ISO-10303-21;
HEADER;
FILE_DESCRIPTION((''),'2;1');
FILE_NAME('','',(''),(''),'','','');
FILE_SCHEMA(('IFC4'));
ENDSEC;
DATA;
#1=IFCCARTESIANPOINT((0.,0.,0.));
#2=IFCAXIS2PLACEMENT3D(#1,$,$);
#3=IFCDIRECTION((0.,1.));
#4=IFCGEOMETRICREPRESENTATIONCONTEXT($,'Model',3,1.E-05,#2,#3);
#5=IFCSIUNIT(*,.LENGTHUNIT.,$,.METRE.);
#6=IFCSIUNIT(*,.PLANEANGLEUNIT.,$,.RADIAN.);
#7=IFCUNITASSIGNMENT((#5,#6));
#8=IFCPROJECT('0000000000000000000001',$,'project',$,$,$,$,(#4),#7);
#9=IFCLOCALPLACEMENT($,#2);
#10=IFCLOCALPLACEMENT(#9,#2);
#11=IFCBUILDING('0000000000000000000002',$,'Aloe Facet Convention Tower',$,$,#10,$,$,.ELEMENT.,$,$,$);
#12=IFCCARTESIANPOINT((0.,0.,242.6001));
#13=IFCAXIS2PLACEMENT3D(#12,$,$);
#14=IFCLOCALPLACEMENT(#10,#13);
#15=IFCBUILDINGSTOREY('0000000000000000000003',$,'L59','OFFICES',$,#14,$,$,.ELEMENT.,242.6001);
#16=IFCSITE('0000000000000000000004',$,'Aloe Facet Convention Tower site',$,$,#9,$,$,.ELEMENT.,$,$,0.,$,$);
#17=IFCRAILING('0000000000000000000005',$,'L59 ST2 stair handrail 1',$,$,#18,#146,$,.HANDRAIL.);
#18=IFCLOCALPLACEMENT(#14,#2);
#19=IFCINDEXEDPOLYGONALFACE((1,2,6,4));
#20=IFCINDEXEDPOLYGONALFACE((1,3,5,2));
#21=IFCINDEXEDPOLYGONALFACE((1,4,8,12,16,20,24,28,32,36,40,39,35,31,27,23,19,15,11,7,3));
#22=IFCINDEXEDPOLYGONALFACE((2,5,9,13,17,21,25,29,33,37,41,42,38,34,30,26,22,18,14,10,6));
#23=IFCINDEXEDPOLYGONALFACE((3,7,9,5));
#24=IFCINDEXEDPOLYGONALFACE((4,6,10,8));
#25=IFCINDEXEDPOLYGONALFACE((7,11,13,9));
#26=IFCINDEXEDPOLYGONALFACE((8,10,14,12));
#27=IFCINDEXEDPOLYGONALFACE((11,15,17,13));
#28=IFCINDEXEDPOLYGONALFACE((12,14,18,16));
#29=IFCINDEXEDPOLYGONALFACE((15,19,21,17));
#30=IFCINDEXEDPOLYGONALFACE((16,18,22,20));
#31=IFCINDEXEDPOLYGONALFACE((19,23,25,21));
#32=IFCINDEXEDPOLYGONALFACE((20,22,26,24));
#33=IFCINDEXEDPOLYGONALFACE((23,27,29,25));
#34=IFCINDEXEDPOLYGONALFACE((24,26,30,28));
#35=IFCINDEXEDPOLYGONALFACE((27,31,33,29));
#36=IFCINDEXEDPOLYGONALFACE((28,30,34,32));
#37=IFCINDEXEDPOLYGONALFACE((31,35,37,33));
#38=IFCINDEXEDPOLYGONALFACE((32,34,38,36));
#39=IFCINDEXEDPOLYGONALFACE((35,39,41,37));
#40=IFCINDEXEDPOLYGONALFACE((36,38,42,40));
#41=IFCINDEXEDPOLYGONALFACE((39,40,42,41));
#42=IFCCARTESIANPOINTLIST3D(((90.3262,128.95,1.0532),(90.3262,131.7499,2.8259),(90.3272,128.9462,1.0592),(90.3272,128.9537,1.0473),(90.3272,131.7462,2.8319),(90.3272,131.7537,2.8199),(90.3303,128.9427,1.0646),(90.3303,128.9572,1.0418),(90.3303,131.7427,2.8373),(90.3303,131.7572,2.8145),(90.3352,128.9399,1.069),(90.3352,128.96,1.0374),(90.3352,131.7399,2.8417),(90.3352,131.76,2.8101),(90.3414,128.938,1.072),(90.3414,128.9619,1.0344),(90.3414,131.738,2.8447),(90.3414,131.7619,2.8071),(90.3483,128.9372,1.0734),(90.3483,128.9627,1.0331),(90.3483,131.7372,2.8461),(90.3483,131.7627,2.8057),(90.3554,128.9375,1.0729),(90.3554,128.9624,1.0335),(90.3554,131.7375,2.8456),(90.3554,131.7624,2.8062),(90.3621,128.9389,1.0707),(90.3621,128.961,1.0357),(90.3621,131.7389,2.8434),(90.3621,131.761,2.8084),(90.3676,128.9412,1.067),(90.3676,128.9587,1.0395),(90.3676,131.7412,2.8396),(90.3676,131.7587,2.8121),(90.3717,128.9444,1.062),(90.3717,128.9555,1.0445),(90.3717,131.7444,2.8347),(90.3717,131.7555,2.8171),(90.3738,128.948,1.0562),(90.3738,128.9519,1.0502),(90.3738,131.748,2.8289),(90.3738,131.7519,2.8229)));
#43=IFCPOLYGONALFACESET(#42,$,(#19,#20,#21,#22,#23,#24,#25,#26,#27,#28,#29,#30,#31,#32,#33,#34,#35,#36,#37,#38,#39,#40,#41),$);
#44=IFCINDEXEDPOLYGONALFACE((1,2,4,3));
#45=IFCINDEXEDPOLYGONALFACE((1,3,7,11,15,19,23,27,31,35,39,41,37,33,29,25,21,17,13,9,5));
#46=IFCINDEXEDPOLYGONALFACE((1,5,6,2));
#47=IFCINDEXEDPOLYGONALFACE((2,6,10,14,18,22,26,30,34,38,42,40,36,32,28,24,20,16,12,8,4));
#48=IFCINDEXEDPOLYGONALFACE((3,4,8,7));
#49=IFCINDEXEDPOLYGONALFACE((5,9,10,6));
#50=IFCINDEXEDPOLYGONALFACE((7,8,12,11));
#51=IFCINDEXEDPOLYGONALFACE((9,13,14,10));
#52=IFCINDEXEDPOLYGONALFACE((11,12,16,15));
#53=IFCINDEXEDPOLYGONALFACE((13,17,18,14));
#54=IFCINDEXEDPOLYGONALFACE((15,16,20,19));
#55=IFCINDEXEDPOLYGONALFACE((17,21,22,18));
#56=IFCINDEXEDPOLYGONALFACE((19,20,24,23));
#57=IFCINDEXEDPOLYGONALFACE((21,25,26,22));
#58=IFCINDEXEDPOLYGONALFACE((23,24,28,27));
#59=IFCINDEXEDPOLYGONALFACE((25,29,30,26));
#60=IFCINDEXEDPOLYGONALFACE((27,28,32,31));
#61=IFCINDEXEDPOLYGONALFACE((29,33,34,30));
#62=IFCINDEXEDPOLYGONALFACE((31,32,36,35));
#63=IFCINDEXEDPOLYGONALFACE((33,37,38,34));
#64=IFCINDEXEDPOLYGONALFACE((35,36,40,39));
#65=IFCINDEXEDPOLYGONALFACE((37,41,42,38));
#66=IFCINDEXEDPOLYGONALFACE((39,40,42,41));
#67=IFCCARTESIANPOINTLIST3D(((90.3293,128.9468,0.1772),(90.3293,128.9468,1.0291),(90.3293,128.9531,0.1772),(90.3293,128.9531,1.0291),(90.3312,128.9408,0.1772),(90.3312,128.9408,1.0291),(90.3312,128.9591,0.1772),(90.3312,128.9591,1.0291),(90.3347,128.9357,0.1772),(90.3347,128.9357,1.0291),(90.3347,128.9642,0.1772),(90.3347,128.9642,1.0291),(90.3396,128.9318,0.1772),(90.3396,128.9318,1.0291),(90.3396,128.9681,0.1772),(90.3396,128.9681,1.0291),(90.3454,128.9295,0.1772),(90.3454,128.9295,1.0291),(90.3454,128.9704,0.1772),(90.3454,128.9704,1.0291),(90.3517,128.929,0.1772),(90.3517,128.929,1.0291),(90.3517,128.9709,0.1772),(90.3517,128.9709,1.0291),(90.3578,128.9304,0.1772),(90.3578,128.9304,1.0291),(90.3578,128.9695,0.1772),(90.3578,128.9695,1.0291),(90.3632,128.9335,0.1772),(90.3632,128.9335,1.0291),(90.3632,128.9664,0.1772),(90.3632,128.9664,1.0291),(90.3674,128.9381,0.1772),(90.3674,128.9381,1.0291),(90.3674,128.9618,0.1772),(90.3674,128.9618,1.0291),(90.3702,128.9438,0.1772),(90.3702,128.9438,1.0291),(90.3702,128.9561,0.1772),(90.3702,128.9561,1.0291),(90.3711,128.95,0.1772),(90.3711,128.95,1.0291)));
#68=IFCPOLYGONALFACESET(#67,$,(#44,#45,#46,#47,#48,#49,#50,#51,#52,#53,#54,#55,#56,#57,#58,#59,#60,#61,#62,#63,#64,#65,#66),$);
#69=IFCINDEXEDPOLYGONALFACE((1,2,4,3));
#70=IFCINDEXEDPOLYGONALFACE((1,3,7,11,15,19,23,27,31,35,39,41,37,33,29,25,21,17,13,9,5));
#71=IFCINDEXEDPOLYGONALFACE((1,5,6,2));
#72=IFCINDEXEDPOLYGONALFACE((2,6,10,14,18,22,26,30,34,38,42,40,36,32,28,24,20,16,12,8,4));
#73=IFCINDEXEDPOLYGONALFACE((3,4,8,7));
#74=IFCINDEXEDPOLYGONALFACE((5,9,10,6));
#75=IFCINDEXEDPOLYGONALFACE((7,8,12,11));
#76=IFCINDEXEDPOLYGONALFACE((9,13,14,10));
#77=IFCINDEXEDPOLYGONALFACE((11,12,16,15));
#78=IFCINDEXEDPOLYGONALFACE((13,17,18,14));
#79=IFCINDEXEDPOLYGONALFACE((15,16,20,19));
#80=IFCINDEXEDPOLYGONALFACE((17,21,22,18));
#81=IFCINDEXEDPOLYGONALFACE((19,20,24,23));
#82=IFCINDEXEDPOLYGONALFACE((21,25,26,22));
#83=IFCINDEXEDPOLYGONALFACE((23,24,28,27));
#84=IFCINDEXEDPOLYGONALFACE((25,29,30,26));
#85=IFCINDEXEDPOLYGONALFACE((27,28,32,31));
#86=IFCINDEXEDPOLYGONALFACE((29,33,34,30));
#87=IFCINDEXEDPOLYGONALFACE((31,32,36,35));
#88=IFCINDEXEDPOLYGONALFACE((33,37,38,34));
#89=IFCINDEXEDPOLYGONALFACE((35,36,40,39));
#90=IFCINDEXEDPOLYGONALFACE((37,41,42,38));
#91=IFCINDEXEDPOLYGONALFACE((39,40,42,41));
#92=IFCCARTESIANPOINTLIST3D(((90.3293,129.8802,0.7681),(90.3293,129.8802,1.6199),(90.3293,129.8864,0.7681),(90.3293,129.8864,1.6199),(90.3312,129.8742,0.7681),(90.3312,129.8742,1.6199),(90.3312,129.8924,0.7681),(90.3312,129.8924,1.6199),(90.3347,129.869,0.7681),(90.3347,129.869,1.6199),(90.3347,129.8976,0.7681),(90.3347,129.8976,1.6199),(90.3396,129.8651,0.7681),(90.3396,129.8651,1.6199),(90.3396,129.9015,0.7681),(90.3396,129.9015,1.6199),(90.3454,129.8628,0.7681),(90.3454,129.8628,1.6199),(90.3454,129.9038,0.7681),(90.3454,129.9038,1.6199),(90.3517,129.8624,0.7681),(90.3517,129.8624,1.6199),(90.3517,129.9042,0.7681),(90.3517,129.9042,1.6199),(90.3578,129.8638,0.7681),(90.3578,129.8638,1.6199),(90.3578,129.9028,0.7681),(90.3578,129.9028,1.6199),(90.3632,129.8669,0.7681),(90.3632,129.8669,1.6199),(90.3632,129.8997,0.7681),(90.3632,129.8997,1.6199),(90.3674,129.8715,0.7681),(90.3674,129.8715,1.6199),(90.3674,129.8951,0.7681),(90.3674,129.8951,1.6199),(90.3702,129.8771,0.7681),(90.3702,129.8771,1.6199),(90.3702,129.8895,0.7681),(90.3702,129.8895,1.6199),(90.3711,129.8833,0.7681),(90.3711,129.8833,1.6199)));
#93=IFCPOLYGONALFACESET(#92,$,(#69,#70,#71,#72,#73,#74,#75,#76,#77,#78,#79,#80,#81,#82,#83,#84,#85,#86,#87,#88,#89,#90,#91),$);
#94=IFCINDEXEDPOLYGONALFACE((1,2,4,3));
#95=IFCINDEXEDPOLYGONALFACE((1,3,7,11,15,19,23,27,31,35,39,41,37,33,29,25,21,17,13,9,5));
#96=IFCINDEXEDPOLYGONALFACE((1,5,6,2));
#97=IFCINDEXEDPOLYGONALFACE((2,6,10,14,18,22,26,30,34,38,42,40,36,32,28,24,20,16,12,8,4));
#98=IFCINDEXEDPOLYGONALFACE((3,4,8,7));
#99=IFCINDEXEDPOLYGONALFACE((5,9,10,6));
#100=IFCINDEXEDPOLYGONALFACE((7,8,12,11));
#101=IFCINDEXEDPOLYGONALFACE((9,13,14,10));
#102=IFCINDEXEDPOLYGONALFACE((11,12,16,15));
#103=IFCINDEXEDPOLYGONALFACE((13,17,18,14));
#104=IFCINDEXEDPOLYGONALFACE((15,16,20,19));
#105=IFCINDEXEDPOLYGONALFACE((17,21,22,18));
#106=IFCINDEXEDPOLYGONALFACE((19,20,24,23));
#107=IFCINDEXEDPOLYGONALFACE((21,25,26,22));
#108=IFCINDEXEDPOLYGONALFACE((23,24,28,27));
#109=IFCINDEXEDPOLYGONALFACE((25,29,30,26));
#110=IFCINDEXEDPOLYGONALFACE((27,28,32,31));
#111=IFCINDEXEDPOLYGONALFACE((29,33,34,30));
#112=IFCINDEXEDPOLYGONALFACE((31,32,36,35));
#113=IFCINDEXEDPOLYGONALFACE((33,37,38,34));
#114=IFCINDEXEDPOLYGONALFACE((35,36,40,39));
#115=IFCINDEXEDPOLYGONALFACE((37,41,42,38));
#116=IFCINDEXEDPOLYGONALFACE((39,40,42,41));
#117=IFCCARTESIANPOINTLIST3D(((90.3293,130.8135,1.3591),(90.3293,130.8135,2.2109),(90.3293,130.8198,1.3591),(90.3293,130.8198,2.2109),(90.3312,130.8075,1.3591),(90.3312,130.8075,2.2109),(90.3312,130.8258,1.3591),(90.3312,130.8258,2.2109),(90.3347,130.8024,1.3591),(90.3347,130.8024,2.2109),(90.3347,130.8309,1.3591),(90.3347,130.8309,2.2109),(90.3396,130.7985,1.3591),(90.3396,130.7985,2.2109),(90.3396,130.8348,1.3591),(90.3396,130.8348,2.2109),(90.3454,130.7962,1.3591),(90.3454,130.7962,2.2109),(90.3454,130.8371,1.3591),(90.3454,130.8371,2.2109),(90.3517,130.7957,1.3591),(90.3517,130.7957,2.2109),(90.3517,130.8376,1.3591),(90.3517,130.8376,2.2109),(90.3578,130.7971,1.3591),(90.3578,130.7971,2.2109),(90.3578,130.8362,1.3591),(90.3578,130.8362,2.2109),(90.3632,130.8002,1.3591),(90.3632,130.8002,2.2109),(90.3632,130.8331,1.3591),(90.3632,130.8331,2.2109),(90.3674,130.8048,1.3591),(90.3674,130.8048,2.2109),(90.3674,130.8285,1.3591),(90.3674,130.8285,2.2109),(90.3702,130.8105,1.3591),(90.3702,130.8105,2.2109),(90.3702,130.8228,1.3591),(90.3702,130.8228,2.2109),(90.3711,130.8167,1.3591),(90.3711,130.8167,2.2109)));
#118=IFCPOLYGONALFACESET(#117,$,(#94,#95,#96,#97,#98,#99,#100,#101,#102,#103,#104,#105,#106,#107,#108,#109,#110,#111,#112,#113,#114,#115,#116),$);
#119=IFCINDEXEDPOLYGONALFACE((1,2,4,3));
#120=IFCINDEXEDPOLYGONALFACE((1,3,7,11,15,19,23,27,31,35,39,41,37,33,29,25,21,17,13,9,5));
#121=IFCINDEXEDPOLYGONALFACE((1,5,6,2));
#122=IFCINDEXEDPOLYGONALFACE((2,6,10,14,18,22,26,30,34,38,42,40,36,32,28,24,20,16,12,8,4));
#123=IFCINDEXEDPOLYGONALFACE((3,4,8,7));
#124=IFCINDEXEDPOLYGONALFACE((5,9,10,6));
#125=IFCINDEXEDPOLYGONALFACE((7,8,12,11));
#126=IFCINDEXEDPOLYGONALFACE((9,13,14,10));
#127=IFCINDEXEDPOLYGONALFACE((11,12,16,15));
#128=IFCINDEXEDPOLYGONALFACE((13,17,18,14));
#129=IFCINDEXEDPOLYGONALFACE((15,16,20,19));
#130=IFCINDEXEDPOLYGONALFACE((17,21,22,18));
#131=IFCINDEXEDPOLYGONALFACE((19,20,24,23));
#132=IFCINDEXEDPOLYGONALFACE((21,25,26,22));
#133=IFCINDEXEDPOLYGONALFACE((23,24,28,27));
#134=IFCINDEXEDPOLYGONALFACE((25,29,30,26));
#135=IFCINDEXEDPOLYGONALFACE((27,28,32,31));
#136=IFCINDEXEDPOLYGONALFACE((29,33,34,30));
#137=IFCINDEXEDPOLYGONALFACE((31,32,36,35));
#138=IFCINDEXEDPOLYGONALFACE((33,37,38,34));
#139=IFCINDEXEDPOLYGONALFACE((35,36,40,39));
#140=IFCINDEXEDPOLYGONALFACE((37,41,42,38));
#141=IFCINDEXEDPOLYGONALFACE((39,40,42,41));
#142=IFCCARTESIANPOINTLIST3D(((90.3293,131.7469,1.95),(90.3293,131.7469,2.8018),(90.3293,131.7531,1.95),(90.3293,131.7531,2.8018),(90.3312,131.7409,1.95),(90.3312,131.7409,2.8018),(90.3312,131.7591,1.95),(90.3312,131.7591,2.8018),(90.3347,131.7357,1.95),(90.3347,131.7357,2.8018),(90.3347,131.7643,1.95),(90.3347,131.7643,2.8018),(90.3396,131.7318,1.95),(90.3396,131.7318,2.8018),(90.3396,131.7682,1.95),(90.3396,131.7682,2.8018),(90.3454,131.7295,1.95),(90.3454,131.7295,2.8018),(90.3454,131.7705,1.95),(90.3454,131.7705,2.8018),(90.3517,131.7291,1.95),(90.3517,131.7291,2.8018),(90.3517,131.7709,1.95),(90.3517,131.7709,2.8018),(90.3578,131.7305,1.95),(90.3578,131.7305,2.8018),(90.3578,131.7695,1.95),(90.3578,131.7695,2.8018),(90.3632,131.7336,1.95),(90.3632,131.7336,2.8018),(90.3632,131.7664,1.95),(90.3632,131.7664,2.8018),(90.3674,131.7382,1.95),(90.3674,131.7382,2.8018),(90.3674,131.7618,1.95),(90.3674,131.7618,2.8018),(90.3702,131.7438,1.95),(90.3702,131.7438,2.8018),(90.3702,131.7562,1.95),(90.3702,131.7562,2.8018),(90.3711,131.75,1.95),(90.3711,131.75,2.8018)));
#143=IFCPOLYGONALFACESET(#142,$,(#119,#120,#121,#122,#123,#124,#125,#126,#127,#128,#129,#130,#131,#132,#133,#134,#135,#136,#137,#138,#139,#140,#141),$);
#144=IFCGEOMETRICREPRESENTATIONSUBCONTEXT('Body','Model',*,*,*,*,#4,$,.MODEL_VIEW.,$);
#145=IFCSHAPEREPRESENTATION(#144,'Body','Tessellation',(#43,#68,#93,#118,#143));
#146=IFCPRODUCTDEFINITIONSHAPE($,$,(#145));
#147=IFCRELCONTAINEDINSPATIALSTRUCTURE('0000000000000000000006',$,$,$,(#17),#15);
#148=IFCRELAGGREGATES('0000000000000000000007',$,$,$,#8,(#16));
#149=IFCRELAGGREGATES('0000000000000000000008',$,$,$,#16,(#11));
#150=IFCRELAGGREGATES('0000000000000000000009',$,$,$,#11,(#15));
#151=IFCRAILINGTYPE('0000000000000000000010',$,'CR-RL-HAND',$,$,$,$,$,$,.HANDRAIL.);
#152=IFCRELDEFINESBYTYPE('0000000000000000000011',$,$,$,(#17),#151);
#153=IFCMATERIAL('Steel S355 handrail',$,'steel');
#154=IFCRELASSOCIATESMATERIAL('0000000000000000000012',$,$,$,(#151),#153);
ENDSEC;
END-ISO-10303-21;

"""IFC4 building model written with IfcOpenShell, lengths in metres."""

from ifc_helpers import new_model, si_unit, direction, frame, origin, origin_2d, place, context, subcontext, project, spatial, circle, extrude, material, type_object, element, save


model = new_model("IFC4")

# Units and contexts
model_context = context("Model", 3, precision=1e-05, world=origin(), true_north=direction((0.0, 1.0)))
body_context = subcontext(model_context, "Body", "Model", "MODEL_VIEW")
ifc_project = project(units=[si_unit("LENGTHUNIT", "METRE"), si_unit("PLANEANGLEUNIT", "RADIAN")], contexts=[model_context])

# Site, building, storey
site_placement = place(None, origin())
site = spatial("IfcSite", under=ifc_project, at=site_placement, Name="Aloe Facet Convention Tower site", CompositionType="ELEMENT", RefElevation=0.0)
building_placement = place(site_placement, origin())
building = spatial("IfcBuilding", under=site, at=building_placement, Name="Aloe Facet Convention Tower", CompositionType="ELEMENT")
storey_placement = place(building_placement, frame((0.0, 0.0, 242.6001)))
storey = spatial("IfcBuildingStorey", under=building, at=storey_placement, Name="L59", Description="OFFICES", CompositionType="ELEMENT", Elevation=242.6001)

# Railing
ifc_material_1 = material(Name="Steel S355 handrail", Category="steel")
railing_type_1 = type_object("IfcRailingType", Name="CR-RL-HAND", PredefinedType="HANDRAIL", material=ifc_material_1)
railing_1_placement = place(storey_placement, frame((90.3501, 128.95, 0.1772)))
element("IfcRailing", 1, at=railing_1_placement, inside=storey, type_object=railing_type_1, Name="L59 ST2 stair handrail 1", PredefinedType="HANDRAIL", context=body_context, shape_type="SweptSolid", body=[
    extrude(circle(Radius=0.0239, at=origin_2d()), frame((0.0, 0.0, 0.876), z_axis=(0.0, 0.844909, 0.53491), x_axis=(-1.0, 0.0, 0.0)), (0.0, 0.0, 1.0), 3.314),
    extrude(circle(Radius=0.021, at=origin_2d()), origin(), (0.0, 0.0, 1.0), 0.8518),
    extrude(circle(Radius=0.021, at=origin_2d()), frame((0.0, 0.9333, 0.5908)), (0.0, 0.0, 1.0), 0.8518),
    extrude(circle(Radius=0.021, at=origin_2d()), frame((0.0, 1.8667, 1.1819)), (0.0, 0.0, 1.0), 0.8518),
    extrude(circle(Radius=0.021, at=origin_2d()), frame((0.0, 2.8, 1.7727)), (0.0, 0.0, 1.0), 0.8518),
])

save(model, "model.ifc")
